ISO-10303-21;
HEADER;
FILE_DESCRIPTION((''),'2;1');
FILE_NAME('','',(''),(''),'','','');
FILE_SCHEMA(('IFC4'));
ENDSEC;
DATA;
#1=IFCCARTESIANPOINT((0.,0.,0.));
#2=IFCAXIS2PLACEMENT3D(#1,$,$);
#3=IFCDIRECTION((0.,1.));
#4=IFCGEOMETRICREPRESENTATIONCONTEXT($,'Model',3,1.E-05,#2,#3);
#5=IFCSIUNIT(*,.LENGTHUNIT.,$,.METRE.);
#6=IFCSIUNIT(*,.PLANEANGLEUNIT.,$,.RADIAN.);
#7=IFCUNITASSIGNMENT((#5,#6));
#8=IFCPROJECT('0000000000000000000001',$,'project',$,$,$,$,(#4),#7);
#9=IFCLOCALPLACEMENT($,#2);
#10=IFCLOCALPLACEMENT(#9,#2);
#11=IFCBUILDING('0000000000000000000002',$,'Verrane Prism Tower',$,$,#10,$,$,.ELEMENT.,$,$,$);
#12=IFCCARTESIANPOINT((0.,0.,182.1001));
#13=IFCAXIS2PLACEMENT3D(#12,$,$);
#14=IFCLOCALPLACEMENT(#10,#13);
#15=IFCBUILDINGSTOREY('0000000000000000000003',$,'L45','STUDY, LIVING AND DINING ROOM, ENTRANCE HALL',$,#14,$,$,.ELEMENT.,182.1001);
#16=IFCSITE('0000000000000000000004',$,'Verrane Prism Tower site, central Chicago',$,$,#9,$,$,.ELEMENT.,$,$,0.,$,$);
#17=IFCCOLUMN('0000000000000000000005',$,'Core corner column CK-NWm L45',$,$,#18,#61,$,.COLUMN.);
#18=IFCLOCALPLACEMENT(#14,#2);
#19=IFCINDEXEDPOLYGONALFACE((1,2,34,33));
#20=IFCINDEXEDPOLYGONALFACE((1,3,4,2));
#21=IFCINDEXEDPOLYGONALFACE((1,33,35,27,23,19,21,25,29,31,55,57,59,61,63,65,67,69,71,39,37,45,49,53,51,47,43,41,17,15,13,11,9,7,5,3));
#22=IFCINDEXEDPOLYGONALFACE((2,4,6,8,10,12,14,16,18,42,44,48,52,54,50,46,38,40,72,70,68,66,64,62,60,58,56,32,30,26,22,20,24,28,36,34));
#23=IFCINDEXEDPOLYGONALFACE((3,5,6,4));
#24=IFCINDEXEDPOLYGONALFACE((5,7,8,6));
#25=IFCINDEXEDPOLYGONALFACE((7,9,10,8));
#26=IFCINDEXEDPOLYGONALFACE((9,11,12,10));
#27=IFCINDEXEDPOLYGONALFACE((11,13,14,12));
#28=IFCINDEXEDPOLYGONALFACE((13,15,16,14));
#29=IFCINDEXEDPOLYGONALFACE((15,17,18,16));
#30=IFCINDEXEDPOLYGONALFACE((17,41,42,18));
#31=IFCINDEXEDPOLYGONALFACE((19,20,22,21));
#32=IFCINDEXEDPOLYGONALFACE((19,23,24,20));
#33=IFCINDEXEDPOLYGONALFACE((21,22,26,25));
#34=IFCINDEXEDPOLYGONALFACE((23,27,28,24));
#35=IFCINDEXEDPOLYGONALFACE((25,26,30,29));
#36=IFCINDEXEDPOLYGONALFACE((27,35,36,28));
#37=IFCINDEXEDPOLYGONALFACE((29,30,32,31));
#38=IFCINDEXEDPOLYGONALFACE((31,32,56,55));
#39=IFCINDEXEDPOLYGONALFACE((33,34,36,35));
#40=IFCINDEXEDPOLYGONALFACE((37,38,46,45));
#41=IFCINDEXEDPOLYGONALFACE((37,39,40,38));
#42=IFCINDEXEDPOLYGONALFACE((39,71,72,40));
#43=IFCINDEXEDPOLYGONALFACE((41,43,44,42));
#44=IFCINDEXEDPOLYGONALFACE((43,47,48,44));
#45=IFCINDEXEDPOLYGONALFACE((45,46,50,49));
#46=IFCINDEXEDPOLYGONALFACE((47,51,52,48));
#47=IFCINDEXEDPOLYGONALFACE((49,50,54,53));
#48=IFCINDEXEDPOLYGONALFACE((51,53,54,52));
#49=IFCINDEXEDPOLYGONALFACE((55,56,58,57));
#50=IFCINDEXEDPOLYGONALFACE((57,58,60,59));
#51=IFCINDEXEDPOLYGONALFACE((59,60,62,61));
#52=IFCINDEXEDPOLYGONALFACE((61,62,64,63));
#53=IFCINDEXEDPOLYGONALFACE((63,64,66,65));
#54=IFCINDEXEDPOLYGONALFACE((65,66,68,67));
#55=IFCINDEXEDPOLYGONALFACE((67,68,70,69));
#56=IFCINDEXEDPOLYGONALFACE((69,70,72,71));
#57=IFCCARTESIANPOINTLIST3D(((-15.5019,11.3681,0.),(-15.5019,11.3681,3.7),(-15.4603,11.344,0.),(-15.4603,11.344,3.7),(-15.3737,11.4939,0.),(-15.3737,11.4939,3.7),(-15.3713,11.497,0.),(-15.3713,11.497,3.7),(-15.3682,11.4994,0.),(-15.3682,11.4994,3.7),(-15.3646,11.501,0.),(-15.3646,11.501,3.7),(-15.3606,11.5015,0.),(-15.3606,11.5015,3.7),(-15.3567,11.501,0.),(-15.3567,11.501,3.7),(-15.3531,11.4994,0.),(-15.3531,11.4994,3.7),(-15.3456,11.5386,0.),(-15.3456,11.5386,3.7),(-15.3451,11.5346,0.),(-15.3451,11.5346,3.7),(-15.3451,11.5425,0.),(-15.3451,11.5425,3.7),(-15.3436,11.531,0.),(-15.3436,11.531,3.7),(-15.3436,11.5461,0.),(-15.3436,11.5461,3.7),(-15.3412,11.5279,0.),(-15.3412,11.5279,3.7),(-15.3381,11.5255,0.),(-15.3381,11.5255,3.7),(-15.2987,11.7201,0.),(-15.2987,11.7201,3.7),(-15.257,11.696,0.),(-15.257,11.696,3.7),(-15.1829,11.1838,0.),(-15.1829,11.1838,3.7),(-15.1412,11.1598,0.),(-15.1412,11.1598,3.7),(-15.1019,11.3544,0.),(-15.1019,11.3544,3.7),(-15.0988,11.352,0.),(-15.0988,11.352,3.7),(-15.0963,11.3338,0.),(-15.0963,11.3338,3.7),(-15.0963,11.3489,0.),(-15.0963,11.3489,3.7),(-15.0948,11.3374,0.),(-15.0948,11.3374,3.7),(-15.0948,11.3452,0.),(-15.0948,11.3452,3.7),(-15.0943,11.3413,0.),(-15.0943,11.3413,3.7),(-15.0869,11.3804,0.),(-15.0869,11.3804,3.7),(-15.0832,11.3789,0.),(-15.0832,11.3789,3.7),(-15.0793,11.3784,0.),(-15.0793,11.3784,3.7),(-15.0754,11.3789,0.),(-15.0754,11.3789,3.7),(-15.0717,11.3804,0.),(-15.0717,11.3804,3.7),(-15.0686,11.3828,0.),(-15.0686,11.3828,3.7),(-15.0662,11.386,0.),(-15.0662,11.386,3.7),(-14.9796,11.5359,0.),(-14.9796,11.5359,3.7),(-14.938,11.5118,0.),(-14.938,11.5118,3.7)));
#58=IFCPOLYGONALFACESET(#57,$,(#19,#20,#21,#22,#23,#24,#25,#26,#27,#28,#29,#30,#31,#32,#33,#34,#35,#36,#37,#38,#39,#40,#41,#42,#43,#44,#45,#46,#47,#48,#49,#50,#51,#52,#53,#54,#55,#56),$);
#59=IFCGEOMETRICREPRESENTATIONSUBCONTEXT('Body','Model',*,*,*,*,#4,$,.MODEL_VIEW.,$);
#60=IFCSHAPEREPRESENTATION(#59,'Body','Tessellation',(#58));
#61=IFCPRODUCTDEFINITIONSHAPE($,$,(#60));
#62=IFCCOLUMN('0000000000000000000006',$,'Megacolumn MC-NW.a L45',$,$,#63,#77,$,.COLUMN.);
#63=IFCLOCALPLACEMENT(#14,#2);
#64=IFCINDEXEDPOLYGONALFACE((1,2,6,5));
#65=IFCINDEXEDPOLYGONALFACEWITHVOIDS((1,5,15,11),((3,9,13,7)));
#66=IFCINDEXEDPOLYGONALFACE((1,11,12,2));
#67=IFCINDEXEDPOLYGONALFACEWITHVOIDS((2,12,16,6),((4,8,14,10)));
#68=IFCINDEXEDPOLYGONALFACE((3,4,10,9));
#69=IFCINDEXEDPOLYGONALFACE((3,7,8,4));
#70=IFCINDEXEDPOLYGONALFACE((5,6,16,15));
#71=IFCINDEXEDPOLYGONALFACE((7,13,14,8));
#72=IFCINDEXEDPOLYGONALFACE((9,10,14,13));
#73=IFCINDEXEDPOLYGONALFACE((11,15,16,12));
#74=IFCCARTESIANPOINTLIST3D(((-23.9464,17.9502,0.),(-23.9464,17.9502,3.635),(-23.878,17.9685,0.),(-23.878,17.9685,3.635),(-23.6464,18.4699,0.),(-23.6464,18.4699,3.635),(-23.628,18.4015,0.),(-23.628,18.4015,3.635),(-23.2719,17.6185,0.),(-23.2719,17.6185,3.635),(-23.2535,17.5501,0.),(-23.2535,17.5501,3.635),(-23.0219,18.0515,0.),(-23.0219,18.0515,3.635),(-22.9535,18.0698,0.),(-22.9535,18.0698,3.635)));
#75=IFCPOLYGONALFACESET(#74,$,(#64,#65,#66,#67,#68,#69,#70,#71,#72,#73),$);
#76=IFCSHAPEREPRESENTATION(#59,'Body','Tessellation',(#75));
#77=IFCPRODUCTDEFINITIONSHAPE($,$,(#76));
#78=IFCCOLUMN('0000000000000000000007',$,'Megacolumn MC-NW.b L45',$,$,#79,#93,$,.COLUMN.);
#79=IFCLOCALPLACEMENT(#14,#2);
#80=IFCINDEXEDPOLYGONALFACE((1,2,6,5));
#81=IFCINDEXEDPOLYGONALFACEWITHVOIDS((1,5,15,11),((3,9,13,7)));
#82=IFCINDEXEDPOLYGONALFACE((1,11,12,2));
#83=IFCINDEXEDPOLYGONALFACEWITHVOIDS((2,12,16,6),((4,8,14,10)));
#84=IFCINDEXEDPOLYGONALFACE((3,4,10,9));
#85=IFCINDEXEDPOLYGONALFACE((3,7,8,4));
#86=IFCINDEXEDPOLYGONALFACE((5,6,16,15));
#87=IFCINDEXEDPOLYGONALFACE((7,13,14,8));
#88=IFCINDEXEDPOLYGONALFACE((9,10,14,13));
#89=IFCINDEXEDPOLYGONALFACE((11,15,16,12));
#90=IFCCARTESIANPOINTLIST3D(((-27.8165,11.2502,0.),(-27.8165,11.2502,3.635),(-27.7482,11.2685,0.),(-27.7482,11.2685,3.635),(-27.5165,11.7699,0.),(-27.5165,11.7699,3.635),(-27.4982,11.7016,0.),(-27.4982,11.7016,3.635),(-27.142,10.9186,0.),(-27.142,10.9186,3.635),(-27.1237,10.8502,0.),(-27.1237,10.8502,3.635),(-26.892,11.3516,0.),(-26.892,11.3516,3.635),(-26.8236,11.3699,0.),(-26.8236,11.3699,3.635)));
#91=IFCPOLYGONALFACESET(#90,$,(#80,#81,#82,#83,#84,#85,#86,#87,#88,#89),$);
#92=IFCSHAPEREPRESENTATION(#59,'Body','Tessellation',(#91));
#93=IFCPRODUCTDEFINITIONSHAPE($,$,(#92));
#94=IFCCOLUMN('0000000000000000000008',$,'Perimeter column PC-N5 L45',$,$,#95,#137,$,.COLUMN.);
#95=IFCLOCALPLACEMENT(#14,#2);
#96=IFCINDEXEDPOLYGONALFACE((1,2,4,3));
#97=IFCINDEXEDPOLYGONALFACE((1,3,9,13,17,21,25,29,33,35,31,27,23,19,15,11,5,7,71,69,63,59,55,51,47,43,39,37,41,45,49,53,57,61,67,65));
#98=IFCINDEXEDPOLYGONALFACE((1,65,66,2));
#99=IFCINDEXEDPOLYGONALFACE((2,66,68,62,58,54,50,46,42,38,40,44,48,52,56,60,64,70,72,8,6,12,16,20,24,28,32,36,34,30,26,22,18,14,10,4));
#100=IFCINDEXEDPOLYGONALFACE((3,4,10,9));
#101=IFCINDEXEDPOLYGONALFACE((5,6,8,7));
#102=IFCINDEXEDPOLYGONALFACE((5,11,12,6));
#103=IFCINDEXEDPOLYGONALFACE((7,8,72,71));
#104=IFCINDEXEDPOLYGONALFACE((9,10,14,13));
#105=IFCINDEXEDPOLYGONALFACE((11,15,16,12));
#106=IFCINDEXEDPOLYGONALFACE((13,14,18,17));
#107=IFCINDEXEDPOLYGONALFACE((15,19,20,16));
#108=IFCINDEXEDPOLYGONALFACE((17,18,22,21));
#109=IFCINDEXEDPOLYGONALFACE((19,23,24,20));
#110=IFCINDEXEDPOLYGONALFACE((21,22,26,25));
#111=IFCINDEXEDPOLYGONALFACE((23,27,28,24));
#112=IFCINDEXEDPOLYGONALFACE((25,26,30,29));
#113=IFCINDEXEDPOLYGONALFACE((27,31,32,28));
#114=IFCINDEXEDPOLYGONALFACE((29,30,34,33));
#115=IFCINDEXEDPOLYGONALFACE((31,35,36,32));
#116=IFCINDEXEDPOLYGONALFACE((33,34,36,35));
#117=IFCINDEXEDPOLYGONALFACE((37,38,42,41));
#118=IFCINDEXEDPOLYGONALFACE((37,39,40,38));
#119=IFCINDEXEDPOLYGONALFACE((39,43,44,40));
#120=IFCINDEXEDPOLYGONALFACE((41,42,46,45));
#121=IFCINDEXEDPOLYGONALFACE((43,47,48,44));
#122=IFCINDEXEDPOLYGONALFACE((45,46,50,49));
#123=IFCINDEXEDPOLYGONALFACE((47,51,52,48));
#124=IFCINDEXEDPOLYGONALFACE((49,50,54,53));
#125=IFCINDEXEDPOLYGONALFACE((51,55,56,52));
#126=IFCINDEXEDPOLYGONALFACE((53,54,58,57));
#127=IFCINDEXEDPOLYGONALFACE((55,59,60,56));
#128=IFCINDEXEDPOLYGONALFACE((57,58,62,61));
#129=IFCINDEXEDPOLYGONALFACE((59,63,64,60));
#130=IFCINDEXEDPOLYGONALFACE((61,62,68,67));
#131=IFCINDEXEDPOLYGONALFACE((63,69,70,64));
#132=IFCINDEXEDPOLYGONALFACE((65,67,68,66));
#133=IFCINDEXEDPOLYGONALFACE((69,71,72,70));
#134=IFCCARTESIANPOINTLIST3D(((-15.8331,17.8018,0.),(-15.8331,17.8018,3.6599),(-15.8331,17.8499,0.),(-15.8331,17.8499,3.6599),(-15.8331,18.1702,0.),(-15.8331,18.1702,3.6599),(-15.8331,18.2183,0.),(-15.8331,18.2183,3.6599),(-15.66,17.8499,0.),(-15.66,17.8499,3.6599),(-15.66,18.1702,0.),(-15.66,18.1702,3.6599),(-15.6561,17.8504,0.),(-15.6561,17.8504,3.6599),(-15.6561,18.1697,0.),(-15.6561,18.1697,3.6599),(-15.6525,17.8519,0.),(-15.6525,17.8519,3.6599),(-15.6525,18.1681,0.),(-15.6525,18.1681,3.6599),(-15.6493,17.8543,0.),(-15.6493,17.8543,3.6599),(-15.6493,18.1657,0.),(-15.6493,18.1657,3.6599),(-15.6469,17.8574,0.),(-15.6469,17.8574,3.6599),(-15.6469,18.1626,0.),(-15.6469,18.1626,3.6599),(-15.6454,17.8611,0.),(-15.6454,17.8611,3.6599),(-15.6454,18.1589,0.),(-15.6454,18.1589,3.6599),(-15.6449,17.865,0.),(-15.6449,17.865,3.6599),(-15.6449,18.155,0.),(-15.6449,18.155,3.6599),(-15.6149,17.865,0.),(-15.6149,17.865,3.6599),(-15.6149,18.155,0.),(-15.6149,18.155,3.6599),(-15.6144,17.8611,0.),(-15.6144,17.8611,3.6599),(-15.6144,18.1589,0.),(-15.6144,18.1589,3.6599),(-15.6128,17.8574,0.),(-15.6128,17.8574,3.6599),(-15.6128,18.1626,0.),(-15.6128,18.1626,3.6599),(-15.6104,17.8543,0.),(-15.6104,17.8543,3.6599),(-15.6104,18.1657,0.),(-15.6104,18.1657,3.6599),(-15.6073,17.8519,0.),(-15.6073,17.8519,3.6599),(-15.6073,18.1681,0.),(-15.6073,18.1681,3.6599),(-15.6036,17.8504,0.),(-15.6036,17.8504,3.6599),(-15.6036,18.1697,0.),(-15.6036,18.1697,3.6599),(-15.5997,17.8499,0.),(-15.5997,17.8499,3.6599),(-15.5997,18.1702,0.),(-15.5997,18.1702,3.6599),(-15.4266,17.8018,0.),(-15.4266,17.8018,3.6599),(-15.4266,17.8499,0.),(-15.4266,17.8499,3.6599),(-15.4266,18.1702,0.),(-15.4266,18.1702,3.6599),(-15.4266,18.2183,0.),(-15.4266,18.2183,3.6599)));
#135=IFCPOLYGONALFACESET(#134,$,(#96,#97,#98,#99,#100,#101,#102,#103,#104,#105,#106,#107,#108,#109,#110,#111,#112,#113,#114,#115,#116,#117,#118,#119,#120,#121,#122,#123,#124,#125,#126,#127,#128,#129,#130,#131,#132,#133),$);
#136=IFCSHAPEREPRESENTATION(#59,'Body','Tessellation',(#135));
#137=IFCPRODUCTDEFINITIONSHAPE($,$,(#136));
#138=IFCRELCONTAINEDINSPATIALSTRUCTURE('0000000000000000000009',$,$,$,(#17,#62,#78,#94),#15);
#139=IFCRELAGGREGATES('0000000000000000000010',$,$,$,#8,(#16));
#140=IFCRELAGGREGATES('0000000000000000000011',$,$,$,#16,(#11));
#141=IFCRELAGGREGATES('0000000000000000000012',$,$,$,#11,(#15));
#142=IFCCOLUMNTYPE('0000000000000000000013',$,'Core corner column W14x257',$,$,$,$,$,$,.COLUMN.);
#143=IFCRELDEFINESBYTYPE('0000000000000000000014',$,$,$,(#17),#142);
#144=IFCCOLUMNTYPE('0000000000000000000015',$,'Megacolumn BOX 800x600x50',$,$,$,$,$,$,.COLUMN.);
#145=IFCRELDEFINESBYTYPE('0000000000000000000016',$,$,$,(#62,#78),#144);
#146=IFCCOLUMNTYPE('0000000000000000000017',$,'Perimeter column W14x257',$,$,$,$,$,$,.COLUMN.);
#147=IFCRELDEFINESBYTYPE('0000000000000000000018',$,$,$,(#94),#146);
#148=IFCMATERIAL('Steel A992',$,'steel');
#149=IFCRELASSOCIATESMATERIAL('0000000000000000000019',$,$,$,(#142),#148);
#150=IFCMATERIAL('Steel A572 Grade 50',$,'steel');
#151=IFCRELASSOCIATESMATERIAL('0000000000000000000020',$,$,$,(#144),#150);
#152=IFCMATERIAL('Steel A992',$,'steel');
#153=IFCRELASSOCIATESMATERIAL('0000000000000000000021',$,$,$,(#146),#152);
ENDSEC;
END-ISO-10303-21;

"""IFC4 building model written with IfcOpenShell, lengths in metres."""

from ifc_helpers import new_model, si_unit, direction, frame, origin, origin_2d, place, context, subcontext, project, spatial, hollow_rectangle, i_section, extrude, material, material_profile, profile_set, type_object, element, save


model = new_model("IFC4")

# Units and contexts
model_context = context("Model", 3, precision=1e-05, world=origin(), true_north=direction((0.0, 1.0)))
body_context = subcontext(model_context, "Body", "Model", "MODEL_VIEW")
ifc_project = project(units=[si_unit("LENGTHUNIT", "METRE"), si_unit("PLANEANGLEUNIT", "RADIAN")], contexts=[model_context])

# Site, building, storey
site_placement = place(None, origin())
site = spatial("IfcSite", under=ifc_project, at=site_placement, Name="Verrane Prism Tower site, central Chicago", CompositionType="ELEMENT", RefElevation=0.0)
building_placement = place(site_placement, origin())
building = spatial("IfcBuilding", under=site, at=building_placement, Name="Verrane Prism Tower", CompositionType="ELEMENT")
storey_placement = place(building_placement, frame((0.0, 0.0, 182.1001)))
storey = spatial("IfcBuildingStorey", under=building, at=storey_placement, Name="L45", Description="STUDY, LIVING AND DINING ROOM, ENTRANCE HALL", CompositionType="ELEMENT", Elevation=182.1001)

# Columns
ifc_material_1 = material(Name="Steel A992", Category="steel")
ifc_material_profile_1 = material_profile(ifc_material_1, i_section(OverallWidth=0.4065, OverallDepth=0.4165, WebThickness=0.03, FlangeThickness=0.0481, FilletRadius=0.0151, at=origin_2d()), Name="W14x257")
ifc_profile_set_1 = profile_set([ifc_material_profile_1], Name="Steel A992")
column_type_1 = type_object("IfcColumnType", Name="Core corner column W14x257", PredefinedType="COLUMN", material=ifc_profile_set_1)
column_1_placement = place(storey_placement, frame((-15.22, 11.4399, 0.0), z_axis=(0.0, 0.0, 1.0), x_axis=(0.5, 0.866025, 0.0)))
element("IfcColumn", 1, at=column_1_placement, inside=storey, type_object=column_type_1, Name="Core corner column CK-NWm L45", PredefinedType="COLUMN", context=body_context, shape_type="SweptSolid", body=[
    extrude(i_section(OverallWidth=0.4065, OverallDepth=0.4165, WebThickness=0.03, FlangeThickness=0.0481, FilletRadius=0.0151, at=origin_2d()), origin(), (0.0, 0.0, 1.0), 3.7),
])
ifc_material_2 = material(Name="Steel A572 Grade 50", Category="steel")
ifc_material_profile_2 = material_profile(ifc_material_2, hollow_rectangle(XDim=0.6001, YDim=0.8, WallThickness=0.05, at=origin_2d()), Name="BOX 800x600x50")
ifc_profile_set_2 = profile_set([ifc_material_profile_2], Name="Steel A572 Grade 50")
column_type_2 = type_object("IfcColumnType", Name="Megacolumn BOX 800x600x50", PredefinedType="COLUMN", material=ifc_profile_set_2)
for number, where, z_axis, x_axis, name in (
    (2, (-23.45, 18.01, 0.0), (0.0, 0.0, 1.0), (0.5, 0.866025, 0.0), "Megacolumn MC-NW.a L45"),
    (3, (-27.3201, 11.3101, 0.0), (0.0, 0.0, 1.0), (0.5, 0.866025, 0.0), "Megacolumn MC-NW.b L45"),
):
    element("IfcColumn", number, at=place(storey_placement, frame(where, z_axis=z_axis, x_axis=x_axis)), inside=storey, type_object=column_type_2, Name=name, PredefinedType="COLUMN", context=body_context, shape_type="SweptSolid", body=[
        extrude(hollow_rectangle(XDim=0.6001, YDim=0.8, WallThickness=0.05, at=origin_2d()), origin(), (0.0, 0.0, 1.0), 3.635),
    ])
ifc_material_3 = material(Name="Steel A992", Category="steel")
ifc_material_profile_3 = material_profile(ifc_material_3, i_section(OverallWidth=0.4065, OverallDepth=0.4165, WebThickness=0.03, FlangeThickness=0.0481, FilletRadius=0.0151, at=origin_2d()), Name="W14x257")
ifc_profile_set_3 = profile_set([ifc_material_profile_3], Name="Steel A992")
column_type_3 = type_object("IfcColumnType", Name="Perimeter column W14x257", PredefinedType="COLUMN", material=ifc_profile_set_3)
column_2_placement = place(storey_placement, frame((-15.6299, 18.01, 0.0), z_axis=(0.0, 0.0, 1.0), x_axis=(1.0, 0.0, 0.0)))
element("IfcColumn", 4, at=column_2_placement, inside=storey, type_object=column_type_3, Name="Perimeter column PC-N5 L45", PredefinedType="COLUMN", context=body_context, shape_type="SweptSolid", body=[
    extrude(i_section(OverallWidth=0.4065, OverallDepth=0.4165, WebThickness=0.03, FlangeThickness=0.0481, FilletRadius=0.0151, at=origin_2d()), origin(), (0.0, 0.0, 1.0), 3.6599),
])

save(model, "model.ifc")
